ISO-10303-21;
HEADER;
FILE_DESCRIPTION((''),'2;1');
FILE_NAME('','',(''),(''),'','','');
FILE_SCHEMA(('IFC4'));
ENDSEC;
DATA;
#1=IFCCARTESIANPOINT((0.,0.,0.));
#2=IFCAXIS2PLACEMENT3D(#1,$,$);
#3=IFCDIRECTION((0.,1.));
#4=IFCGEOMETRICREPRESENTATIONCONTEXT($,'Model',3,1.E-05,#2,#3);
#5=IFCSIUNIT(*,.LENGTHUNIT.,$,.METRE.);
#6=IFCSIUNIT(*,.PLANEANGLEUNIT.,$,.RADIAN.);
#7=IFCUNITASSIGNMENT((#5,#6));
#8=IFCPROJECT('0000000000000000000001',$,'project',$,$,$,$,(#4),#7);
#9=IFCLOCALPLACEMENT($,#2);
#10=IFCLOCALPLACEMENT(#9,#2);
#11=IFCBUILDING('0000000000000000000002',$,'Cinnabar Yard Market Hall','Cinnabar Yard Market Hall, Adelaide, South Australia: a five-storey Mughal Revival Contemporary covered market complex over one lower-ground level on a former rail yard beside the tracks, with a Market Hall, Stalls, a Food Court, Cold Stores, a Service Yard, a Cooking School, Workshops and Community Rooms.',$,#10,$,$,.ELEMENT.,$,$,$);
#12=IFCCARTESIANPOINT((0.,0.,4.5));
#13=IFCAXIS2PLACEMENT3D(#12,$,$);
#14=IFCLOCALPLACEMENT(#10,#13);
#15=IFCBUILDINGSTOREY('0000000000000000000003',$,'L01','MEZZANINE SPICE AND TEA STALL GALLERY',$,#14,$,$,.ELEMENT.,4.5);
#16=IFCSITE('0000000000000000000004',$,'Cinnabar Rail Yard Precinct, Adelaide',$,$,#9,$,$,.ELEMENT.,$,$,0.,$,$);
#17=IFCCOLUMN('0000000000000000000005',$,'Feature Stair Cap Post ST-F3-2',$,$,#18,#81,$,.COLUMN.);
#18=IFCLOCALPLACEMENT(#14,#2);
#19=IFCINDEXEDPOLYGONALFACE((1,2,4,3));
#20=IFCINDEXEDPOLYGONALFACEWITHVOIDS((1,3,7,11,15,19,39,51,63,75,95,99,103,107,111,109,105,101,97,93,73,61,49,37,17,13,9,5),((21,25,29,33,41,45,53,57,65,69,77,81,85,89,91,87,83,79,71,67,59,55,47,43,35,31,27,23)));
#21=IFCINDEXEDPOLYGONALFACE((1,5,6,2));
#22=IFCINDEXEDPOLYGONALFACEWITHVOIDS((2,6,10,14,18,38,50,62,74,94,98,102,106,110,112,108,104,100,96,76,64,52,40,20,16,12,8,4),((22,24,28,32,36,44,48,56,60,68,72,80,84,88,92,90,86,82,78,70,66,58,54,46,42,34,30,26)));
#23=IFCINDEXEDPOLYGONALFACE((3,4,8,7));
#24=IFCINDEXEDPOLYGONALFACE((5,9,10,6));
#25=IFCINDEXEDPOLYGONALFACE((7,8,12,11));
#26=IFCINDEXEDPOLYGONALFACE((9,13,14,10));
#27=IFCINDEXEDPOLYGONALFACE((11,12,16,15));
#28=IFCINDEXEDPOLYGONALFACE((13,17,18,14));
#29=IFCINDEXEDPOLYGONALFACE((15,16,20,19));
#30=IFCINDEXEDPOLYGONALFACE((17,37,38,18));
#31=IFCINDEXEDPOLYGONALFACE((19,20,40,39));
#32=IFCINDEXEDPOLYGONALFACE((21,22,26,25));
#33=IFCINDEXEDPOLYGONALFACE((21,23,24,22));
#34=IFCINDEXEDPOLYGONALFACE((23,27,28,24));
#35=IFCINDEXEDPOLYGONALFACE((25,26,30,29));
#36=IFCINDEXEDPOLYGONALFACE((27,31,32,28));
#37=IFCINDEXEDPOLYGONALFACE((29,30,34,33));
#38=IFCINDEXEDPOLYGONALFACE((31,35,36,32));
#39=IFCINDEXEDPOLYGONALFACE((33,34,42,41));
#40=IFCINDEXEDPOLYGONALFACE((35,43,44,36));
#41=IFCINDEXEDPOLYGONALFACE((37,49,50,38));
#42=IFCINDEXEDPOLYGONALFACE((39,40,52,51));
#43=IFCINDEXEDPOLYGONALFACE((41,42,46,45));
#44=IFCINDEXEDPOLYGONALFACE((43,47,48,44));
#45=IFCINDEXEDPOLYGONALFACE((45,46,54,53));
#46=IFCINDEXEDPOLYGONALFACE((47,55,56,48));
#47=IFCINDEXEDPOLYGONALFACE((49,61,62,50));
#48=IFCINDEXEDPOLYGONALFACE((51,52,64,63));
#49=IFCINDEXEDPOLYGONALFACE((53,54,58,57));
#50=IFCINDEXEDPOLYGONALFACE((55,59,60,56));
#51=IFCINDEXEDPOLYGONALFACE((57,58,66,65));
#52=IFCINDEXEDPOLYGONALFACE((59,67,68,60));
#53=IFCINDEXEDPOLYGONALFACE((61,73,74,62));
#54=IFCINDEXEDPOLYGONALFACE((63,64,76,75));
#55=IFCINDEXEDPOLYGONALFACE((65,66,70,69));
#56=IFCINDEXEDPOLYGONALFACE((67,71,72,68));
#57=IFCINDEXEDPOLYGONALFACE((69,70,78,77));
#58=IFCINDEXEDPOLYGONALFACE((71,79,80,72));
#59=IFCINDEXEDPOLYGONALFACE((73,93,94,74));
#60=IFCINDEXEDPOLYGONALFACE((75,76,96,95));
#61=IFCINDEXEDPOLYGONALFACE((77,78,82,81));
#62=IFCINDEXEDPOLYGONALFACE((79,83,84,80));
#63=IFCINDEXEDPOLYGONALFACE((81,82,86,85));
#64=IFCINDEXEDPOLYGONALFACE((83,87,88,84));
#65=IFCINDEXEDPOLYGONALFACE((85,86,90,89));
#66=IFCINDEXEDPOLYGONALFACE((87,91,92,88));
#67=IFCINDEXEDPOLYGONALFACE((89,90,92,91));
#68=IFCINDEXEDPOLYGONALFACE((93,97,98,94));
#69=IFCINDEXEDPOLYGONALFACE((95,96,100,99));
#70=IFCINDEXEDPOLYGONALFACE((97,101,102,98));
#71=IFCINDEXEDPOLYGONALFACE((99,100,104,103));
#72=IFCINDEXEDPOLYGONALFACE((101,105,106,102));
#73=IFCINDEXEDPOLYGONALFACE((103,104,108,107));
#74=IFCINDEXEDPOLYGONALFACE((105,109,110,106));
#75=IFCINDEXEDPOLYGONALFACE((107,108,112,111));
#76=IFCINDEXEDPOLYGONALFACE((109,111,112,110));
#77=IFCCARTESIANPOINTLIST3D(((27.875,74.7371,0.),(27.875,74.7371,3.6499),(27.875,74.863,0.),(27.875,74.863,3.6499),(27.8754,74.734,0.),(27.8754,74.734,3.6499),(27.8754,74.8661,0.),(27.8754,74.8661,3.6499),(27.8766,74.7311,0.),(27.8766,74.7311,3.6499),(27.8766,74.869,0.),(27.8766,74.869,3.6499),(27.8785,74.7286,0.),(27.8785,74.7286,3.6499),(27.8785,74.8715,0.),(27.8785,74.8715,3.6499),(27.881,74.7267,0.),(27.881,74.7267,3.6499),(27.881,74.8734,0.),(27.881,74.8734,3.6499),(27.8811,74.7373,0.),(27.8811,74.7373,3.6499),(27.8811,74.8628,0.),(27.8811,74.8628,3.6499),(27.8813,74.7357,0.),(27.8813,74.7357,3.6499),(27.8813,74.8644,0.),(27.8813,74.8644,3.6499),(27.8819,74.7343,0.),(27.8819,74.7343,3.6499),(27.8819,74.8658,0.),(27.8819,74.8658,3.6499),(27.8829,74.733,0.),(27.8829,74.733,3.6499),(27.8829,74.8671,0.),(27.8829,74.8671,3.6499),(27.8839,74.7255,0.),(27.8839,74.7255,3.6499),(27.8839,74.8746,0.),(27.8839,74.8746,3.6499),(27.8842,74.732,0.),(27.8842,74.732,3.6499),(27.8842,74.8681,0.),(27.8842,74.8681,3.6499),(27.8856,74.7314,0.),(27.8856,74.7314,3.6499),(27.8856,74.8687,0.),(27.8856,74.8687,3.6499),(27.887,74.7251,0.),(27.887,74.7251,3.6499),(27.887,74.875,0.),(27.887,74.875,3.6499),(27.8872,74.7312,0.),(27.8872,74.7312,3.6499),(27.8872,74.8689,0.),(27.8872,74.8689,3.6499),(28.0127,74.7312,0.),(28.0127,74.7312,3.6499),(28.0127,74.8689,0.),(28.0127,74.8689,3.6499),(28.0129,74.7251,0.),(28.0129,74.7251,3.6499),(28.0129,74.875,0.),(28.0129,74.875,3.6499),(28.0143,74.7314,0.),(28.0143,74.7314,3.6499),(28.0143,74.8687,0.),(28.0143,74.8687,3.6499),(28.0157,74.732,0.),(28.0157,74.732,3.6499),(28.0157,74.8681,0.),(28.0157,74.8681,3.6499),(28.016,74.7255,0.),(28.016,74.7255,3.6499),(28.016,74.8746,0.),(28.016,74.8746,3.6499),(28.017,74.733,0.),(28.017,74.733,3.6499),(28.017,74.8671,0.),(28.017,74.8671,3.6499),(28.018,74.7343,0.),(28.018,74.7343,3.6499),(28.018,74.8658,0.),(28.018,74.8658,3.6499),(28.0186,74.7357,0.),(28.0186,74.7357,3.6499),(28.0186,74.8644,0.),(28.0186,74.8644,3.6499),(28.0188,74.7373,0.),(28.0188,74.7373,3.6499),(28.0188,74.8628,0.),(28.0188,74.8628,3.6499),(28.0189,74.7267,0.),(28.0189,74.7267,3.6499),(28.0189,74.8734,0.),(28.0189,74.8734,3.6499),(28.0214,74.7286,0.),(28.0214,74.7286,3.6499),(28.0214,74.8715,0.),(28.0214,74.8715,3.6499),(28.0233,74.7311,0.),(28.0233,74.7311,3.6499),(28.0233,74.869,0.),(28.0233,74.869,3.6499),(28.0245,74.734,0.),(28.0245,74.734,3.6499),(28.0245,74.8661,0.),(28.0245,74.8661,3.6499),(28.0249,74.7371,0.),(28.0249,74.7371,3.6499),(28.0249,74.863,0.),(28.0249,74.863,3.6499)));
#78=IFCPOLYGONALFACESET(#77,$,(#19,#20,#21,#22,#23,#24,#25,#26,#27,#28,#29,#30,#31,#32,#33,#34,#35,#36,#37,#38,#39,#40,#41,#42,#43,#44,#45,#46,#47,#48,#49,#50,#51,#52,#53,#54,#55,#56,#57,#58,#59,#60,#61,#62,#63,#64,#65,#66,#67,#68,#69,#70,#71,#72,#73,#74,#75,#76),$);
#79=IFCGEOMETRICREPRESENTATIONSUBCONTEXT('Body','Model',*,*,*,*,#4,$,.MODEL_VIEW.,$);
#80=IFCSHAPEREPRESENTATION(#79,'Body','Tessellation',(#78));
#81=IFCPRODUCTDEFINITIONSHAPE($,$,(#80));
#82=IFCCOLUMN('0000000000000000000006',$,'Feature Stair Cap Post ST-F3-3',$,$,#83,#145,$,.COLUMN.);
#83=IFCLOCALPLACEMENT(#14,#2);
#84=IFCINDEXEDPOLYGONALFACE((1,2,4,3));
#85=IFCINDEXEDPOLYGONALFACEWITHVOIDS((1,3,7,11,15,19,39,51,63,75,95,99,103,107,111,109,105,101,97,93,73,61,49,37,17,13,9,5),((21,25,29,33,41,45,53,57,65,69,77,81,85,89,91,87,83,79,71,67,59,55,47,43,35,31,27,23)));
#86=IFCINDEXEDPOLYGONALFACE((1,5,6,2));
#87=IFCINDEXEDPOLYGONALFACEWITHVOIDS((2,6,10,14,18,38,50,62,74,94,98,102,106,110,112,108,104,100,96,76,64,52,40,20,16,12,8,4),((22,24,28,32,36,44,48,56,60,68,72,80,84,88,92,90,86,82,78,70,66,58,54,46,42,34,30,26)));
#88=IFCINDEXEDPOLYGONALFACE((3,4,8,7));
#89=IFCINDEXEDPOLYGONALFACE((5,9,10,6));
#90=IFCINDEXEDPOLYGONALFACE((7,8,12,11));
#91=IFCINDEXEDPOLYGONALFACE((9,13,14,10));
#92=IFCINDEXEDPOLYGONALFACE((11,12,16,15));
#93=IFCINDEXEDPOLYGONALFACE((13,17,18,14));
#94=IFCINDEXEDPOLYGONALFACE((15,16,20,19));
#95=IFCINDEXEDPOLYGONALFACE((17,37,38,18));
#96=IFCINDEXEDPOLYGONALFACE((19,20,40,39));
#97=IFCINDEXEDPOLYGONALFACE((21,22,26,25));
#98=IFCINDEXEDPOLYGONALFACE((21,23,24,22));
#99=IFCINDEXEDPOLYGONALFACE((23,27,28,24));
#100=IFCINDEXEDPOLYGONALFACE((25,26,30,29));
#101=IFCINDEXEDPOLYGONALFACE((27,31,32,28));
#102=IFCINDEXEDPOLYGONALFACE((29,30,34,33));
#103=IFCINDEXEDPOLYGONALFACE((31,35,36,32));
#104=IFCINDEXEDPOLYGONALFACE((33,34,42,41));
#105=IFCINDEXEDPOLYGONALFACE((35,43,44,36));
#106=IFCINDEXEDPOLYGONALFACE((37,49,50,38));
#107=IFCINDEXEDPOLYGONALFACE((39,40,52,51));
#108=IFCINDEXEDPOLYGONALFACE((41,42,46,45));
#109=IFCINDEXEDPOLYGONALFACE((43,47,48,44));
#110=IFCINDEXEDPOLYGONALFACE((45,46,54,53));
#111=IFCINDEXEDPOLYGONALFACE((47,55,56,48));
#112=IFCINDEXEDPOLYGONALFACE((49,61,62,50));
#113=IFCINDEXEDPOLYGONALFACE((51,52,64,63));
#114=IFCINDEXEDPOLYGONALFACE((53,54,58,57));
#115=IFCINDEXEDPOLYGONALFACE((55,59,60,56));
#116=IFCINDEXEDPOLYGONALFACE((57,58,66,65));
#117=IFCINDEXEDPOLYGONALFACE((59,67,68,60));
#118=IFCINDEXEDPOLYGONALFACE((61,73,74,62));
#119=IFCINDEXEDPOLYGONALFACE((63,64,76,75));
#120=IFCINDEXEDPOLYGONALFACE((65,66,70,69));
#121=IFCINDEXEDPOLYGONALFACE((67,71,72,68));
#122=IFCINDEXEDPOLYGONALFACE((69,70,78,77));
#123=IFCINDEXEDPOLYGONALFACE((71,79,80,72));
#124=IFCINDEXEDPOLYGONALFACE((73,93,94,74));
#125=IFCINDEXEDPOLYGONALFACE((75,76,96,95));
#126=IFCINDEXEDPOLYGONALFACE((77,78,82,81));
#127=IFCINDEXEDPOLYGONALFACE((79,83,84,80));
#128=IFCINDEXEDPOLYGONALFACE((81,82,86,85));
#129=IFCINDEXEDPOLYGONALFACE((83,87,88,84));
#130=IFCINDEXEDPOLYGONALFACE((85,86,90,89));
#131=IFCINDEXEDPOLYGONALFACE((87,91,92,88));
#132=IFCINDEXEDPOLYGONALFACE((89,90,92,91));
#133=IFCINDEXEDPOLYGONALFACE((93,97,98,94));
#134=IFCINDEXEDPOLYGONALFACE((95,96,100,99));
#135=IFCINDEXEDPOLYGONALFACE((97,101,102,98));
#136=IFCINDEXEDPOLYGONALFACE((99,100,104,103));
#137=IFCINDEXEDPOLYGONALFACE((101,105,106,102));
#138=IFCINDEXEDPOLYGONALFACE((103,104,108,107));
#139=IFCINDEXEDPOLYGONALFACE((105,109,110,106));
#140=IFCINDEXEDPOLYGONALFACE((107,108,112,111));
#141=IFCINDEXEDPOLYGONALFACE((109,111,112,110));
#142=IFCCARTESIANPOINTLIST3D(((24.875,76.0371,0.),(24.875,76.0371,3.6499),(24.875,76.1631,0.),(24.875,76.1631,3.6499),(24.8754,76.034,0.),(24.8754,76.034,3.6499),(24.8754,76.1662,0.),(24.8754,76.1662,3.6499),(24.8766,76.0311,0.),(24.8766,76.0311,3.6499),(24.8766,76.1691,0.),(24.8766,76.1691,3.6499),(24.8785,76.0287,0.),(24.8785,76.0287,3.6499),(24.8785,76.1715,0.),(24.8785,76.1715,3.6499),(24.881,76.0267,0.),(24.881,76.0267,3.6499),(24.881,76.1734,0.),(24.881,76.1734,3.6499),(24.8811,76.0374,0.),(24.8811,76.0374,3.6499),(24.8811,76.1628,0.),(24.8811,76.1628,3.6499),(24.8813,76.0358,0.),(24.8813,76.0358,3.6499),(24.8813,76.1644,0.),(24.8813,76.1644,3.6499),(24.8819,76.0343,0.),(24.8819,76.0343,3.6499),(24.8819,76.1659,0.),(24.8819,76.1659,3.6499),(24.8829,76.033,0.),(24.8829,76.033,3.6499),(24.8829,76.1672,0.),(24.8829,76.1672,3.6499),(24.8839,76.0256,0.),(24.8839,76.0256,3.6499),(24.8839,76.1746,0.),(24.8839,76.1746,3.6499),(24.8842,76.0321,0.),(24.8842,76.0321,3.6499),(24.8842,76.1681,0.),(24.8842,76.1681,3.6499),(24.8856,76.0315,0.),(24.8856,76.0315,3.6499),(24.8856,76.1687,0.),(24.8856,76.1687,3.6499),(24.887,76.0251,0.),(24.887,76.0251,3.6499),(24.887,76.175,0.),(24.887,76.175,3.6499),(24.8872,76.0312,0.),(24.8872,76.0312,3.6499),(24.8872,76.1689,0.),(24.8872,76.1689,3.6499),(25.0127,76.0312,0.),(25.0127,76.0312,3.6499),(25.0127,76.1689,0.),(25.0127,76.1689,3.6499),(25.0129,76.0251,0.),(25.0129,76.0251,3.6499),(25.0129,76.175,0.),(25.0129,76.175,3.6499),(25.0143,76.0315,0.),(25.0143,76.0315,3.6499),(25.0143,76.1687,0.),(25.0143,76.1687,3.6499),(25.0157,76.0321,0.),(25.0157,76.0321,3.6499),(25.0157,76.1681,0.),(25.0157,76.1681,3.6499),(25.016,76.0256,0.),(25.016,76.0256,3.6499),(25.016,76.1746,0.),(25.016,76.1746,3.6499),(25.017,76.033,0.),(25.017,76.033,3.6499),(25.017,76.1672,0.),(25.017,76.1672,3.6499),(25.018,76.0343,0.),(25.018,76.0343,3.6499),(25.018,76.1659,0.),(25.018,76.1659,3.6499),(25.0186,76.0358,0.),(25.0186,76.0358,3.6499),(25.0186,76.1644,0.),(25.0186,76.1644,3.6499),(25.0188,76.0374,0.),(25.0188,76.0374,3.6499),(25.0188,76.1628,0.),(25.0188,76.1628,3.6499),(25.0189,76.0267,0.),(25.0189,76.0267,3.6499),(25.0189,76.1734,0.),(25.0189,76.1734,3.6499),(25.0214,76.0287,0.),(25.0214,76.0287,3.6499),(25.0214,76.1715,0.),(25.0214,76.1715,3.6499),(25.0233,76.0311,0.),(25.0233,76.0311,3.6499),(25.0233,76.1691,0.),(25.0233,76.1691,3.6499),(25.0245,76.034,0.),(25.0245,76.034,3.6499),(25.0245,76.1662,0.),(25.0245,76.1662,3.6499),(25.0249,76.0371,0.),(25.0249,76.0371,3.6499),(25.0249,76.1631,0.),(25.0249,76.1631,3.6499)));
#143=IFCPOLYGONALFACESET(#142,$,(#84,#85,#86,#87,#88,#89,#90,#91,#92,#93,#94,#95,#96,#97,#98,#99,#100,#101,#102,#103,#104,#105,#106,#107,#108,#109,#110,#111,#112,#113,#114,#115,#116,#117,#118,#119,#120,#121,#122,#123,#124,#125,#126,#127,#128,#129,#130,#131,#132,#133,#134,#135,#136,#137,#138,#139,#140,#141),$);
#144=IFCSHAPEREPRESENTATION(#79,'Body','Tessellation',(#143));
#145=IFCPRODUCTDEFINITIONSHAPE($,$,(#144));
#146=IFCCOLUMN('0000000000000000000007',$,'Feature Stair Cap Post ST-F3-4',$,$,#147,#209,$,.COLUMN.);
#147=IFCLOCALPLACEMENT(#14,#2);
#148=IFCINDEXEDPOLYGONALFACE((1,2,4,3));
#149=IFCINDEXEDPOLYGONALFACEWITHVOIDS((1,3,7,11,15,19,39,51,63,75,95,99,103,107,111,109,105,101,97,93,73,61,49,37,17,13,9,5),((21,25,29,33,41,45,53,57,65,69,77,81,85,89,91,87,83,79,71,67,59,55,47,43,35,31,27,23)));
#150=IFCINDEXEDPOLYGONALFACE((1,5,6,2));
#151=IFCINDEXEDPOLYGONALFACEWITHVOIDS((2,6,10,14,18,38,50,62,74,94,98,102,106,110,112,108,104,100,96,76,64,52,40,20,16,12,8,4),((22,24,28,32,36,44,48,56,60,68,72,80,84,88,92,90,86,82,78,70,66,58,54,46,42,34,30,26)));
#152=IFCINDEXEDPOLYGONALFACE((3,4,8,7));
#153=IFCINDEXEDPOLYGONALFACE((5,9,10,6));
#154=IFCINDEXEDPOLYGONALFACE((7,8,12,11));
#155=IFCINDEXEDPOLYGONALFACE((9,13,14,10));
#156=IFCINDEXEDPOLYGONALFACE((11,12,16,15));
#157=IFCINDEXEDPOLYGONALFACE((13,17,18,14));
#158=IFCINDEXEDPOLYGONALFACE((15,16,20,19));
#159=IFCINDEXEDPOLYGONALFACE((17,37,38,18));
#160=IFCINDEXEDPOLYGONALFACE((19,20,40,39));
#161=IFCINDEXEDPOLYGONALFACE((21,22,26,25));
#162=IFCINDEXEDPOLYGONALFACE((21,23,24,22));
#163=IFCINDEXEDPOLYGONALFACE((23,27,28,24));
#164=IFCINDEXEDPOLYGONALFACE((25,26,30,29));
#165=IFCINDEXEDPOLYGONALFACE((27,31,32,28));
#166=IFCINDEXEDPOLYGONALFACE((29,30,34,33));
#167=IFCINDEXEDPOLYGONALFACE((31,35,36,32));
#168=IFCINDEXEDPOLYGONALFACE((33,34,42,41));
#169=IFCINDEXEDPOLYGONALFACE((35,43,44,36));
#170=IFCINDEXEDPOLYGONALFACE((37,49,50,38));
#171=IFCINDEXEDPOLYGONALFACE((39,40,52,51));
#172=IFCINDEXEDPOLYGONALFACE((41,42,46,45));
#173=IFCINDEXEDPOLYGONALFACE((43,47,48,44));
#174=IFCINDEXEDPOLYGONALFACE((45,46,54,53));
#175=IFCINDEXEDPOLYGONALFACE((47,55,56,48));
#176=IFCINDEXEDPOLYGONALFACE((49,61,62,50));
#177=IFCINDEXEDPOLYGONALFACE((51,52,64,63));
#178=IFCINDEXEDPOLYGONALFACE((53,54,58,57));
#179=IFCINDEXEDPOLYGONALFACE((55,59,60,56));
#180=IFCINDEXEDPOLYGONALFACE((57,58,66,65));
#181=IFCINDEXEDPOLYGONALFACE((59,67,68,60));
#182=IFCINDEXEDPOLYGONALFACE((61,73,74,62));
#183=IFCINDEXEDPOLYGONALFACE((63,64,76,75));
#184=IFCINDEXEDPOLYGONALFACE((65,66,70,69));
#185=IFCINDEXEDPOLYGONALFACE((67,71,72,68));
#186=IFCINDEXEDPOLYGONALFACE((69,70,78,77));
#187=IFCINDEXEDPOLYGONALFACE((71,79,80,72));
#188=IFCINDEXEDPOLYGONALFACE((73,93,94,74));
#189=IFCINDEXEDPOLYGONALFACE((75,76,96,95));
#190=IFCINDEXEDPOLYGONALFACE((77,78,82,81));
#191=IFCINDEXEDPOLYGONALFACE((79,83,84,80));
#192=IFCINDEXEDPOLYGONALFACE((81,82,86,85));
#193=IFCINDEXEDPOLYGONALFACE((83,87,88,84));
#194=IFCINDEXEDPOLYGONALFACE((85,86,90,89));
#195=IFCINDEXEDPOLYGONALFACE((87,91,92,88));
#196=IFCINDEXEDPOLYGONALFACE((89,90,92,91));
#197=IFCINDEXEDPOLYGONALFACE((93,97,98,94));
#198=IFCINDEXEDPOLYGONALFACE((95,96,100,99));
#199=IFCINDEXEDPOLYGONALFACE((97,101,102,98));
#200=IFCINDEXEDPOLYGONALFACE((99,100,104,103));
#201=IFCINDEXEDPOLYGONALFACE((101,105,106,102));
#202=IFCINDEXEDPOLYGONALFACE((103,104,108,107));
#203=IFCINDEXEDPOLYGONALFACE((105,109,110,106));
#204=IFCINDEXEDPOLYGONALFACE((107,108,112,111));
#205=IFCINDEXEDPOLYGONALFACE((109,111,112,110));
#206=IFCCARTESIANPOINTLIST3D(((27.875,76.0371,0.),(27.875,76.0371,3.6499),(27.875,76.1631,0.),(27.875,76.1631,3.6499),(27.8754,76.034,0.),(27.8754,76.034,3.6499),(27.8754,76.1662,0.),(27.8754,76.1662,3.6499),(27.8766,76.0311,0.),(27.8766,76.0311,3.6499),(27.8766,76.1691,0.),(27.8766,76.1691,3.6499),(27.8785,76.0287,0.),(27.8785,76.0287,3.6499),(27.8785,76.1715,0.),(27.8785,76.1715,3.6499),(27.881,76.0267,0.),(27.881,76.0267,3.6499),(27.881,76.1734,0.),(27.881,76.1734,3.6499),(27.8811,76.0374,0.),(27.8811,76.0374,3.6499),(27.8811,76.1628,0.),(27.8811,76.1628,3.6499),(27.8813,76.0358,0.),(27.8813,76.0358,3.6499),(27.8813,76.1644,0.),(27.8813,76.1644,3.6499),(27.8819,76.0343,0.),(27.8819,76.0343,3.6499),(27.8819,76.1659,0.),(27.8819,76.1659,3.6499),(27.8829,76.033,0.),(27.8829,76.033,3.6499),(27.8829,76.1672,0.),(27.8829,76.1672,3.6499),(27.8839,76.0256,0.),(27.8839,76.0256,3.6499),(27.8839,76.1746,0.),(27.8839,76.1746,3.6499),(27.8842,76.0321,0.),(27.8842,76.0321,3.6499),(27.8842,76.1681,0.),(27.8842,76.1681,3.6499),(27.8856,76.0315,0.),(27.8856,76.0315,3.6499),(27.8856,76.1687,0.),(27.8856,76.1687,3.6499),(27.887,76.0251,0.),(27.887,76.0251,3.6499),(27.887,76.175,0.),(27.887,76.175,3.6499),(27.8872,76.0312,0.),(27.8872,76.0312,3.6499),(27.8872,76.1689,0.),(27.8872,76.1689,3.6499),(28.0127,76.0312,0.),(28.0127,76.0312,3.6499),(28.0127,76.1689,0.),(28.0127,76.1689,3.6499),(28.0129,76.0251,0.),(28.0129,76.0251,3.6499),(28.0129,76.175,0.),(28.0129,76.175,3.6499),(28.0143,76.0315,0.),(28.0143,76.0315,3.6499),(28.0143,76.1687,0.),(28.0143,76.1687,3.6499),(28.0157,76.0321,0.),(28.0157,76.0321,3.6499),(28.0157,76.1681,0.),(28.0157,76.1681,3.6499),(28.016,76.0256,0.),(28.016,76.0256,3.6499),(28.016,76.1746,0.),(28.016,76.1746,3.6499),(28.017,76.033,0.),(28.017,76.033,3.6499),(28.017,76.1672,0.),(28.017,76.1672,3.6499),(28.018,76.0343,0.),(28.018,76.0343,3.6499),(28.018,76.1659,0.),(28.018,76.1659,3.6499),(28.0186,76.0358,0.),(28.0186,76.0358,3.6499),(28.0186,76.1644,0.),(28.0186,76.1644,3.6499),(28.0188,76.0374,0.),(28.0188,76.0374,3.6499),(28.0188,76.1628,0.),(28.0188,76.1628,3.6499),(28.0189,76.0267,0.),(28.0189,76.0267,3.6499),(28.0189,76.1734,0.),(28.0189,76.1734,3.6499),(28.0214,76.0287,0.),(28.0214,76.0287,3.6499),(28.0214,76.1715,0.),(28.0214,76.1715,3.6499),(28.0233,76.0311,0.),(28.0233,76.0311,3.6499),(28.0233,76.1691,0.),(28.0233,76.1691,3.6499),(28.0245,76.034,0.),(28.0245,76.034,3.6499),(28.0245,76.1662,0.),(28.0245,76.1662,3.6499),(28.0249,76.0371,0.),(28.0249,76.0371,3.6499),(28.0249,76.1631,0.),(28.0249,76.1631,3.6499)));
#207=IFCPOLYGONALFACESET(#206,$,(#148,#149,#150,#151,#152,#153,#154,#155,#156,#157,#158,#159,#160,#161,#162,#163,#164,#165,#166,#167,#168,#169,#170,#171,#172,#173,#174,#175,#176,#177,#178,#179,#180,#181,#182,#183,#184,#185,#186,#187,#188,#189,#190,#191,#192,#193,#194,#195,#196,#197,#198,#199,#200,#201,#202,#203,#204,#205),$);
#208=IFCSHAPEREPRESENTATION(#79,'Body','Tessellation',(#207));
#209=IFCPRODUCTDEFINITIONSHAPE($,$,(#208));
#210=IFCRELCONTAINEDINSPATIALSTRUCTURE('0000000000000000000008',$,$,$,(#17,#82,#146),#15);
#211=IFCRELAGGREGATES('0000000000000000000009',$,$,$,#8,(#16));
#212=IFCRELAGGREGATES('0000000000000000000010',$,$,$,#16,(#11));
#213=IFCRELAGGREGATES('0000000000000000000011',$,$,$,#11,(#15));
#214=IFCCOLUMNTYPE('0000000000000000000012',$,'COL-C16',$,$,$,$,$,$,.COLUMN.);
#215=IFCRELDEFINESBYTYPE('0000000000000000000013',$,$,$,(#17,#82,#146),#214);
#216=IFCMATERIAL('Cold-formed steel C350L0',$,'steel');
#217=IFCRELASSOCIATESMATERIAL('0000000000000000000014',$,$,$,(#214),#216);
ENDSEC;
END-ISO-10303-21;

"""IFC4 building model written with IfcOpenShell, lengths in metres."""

from ifc_helpers import new_model, si_unit, direction, frame, origin, origin_2d_with_axis, place, context, subcontext, project, spatial, hollow_rectangle, extrude, material, material_profile, profile_set, type_object, element, save


model = new_model("IFC4")

# Units and contexts
model_context = context("Model", 3, precision=1e-05, world=origin(), true_north=direction((0.0, 1.0)))
body_context = subcontext(model_context, "Body", "Model", "MODEL_VIEW")
ifc_project = project(units=[si_unit("LENGTHUNIT", "METRE"), si_unit("PLANEANGLEUNIT", "RADIAN")], contexts=[model_context])

# Site, building, storey
site_placement = place(None, origin())
site = spatial("IfcSite", under=ifc_project, at=site_placement, Name="Cinnabar Rail Yard Precinct, Adelaide", CompositionType="ELEMENT", RefElevation=0.0)
building_placement = place(site_placement, origin())
building = spatial("IfcBuilding", under=site, at=building_placement, Name="Cinnabar Yard Market Hall", Description="Cinnabar Yard Market Hall, Adelaide, South Australia: a five-storey Mughal Revival Contemporary covered market complex over one lower-ground level on a former rail yard beside the tracks, with a Market Hall, Stalls, a Food Court, Cold Stores, a Service Yard, a Cooking School, Workshops and Community Rooms.", CompositionType="ELEMENT")
storey_placement = place(building_placement, frame((0.0, 0.0, 4.5)))
storey = spatial("IfcBuildingStorey", under=building, at=storey_placement, Name="L01", Description="MEZZANINE SPICE AND TEA STALL GALLERY", CompositionType="ELEMENT", Elevation=4.5)

# Columns
ifc_material_1 = material(Name="Cold-formed steel C350L0", Category="steel")
ifc_material_profile_1 = material_profile(ifc_material_1, hollow_rectangle(XDim=0.1499, YDim=0.1499, WallThickness=0.0061, InnerFilletRadius=0.0061, OuterFilletRadius=0.012, at=origin_2d_with_axis()), Name="150x150x6.0SHS")
ifc_profile_set_1 = profile_set([ifc_material_profile_1], Name="Cold-formed steel C350L0")
column_type_1 = type_object("IfcColumnType", Name="COL-C16", PredefinedType="COLUMN", material=ifc_profile_set_1)
for number, where, z_axis, x_axis, name in (
    (1, (27.95, 74.8, 0.0), (0.0, 0.0, 1.0), (1.0, 0.0, 0.0), "Feature Stair Cap Post ST-F3-2"),
    (2, (24.95, 76.1001, 0.0), (0.0, 0.0, 1.0), (1.0, 0.0, 0.0), "Feature Stair Cap Post ST-F3-3"),
    (3, (27.95, 76.1001, 0.0), (0.0, 0.0, 1.0), (1.0, 0.0, 0.0), "Feature Stair Cap Post ST-F3-4"),
):
    element("IfcColumn", number, at=place(storey_placement, frame(where, z_axis=z_axis, x_axis=x_axis)), inside=storey, type_object=column_type_1, Name=name, PredefinedType="COLUMN", context=body_context, shape_type="SweptSolid", body=[
        extrude(hollow_rectangle(XDim=0.1499, YDim=0.1499, WallThickness=0.0061, InnerFilletRadius=0.0061, OuterFilletRadius=0.012, at=origin_2d_with_axis()), origin(), (0.0, 0.0, 1.0), 3.6499),
    ])

save(model, "model.ifc")
